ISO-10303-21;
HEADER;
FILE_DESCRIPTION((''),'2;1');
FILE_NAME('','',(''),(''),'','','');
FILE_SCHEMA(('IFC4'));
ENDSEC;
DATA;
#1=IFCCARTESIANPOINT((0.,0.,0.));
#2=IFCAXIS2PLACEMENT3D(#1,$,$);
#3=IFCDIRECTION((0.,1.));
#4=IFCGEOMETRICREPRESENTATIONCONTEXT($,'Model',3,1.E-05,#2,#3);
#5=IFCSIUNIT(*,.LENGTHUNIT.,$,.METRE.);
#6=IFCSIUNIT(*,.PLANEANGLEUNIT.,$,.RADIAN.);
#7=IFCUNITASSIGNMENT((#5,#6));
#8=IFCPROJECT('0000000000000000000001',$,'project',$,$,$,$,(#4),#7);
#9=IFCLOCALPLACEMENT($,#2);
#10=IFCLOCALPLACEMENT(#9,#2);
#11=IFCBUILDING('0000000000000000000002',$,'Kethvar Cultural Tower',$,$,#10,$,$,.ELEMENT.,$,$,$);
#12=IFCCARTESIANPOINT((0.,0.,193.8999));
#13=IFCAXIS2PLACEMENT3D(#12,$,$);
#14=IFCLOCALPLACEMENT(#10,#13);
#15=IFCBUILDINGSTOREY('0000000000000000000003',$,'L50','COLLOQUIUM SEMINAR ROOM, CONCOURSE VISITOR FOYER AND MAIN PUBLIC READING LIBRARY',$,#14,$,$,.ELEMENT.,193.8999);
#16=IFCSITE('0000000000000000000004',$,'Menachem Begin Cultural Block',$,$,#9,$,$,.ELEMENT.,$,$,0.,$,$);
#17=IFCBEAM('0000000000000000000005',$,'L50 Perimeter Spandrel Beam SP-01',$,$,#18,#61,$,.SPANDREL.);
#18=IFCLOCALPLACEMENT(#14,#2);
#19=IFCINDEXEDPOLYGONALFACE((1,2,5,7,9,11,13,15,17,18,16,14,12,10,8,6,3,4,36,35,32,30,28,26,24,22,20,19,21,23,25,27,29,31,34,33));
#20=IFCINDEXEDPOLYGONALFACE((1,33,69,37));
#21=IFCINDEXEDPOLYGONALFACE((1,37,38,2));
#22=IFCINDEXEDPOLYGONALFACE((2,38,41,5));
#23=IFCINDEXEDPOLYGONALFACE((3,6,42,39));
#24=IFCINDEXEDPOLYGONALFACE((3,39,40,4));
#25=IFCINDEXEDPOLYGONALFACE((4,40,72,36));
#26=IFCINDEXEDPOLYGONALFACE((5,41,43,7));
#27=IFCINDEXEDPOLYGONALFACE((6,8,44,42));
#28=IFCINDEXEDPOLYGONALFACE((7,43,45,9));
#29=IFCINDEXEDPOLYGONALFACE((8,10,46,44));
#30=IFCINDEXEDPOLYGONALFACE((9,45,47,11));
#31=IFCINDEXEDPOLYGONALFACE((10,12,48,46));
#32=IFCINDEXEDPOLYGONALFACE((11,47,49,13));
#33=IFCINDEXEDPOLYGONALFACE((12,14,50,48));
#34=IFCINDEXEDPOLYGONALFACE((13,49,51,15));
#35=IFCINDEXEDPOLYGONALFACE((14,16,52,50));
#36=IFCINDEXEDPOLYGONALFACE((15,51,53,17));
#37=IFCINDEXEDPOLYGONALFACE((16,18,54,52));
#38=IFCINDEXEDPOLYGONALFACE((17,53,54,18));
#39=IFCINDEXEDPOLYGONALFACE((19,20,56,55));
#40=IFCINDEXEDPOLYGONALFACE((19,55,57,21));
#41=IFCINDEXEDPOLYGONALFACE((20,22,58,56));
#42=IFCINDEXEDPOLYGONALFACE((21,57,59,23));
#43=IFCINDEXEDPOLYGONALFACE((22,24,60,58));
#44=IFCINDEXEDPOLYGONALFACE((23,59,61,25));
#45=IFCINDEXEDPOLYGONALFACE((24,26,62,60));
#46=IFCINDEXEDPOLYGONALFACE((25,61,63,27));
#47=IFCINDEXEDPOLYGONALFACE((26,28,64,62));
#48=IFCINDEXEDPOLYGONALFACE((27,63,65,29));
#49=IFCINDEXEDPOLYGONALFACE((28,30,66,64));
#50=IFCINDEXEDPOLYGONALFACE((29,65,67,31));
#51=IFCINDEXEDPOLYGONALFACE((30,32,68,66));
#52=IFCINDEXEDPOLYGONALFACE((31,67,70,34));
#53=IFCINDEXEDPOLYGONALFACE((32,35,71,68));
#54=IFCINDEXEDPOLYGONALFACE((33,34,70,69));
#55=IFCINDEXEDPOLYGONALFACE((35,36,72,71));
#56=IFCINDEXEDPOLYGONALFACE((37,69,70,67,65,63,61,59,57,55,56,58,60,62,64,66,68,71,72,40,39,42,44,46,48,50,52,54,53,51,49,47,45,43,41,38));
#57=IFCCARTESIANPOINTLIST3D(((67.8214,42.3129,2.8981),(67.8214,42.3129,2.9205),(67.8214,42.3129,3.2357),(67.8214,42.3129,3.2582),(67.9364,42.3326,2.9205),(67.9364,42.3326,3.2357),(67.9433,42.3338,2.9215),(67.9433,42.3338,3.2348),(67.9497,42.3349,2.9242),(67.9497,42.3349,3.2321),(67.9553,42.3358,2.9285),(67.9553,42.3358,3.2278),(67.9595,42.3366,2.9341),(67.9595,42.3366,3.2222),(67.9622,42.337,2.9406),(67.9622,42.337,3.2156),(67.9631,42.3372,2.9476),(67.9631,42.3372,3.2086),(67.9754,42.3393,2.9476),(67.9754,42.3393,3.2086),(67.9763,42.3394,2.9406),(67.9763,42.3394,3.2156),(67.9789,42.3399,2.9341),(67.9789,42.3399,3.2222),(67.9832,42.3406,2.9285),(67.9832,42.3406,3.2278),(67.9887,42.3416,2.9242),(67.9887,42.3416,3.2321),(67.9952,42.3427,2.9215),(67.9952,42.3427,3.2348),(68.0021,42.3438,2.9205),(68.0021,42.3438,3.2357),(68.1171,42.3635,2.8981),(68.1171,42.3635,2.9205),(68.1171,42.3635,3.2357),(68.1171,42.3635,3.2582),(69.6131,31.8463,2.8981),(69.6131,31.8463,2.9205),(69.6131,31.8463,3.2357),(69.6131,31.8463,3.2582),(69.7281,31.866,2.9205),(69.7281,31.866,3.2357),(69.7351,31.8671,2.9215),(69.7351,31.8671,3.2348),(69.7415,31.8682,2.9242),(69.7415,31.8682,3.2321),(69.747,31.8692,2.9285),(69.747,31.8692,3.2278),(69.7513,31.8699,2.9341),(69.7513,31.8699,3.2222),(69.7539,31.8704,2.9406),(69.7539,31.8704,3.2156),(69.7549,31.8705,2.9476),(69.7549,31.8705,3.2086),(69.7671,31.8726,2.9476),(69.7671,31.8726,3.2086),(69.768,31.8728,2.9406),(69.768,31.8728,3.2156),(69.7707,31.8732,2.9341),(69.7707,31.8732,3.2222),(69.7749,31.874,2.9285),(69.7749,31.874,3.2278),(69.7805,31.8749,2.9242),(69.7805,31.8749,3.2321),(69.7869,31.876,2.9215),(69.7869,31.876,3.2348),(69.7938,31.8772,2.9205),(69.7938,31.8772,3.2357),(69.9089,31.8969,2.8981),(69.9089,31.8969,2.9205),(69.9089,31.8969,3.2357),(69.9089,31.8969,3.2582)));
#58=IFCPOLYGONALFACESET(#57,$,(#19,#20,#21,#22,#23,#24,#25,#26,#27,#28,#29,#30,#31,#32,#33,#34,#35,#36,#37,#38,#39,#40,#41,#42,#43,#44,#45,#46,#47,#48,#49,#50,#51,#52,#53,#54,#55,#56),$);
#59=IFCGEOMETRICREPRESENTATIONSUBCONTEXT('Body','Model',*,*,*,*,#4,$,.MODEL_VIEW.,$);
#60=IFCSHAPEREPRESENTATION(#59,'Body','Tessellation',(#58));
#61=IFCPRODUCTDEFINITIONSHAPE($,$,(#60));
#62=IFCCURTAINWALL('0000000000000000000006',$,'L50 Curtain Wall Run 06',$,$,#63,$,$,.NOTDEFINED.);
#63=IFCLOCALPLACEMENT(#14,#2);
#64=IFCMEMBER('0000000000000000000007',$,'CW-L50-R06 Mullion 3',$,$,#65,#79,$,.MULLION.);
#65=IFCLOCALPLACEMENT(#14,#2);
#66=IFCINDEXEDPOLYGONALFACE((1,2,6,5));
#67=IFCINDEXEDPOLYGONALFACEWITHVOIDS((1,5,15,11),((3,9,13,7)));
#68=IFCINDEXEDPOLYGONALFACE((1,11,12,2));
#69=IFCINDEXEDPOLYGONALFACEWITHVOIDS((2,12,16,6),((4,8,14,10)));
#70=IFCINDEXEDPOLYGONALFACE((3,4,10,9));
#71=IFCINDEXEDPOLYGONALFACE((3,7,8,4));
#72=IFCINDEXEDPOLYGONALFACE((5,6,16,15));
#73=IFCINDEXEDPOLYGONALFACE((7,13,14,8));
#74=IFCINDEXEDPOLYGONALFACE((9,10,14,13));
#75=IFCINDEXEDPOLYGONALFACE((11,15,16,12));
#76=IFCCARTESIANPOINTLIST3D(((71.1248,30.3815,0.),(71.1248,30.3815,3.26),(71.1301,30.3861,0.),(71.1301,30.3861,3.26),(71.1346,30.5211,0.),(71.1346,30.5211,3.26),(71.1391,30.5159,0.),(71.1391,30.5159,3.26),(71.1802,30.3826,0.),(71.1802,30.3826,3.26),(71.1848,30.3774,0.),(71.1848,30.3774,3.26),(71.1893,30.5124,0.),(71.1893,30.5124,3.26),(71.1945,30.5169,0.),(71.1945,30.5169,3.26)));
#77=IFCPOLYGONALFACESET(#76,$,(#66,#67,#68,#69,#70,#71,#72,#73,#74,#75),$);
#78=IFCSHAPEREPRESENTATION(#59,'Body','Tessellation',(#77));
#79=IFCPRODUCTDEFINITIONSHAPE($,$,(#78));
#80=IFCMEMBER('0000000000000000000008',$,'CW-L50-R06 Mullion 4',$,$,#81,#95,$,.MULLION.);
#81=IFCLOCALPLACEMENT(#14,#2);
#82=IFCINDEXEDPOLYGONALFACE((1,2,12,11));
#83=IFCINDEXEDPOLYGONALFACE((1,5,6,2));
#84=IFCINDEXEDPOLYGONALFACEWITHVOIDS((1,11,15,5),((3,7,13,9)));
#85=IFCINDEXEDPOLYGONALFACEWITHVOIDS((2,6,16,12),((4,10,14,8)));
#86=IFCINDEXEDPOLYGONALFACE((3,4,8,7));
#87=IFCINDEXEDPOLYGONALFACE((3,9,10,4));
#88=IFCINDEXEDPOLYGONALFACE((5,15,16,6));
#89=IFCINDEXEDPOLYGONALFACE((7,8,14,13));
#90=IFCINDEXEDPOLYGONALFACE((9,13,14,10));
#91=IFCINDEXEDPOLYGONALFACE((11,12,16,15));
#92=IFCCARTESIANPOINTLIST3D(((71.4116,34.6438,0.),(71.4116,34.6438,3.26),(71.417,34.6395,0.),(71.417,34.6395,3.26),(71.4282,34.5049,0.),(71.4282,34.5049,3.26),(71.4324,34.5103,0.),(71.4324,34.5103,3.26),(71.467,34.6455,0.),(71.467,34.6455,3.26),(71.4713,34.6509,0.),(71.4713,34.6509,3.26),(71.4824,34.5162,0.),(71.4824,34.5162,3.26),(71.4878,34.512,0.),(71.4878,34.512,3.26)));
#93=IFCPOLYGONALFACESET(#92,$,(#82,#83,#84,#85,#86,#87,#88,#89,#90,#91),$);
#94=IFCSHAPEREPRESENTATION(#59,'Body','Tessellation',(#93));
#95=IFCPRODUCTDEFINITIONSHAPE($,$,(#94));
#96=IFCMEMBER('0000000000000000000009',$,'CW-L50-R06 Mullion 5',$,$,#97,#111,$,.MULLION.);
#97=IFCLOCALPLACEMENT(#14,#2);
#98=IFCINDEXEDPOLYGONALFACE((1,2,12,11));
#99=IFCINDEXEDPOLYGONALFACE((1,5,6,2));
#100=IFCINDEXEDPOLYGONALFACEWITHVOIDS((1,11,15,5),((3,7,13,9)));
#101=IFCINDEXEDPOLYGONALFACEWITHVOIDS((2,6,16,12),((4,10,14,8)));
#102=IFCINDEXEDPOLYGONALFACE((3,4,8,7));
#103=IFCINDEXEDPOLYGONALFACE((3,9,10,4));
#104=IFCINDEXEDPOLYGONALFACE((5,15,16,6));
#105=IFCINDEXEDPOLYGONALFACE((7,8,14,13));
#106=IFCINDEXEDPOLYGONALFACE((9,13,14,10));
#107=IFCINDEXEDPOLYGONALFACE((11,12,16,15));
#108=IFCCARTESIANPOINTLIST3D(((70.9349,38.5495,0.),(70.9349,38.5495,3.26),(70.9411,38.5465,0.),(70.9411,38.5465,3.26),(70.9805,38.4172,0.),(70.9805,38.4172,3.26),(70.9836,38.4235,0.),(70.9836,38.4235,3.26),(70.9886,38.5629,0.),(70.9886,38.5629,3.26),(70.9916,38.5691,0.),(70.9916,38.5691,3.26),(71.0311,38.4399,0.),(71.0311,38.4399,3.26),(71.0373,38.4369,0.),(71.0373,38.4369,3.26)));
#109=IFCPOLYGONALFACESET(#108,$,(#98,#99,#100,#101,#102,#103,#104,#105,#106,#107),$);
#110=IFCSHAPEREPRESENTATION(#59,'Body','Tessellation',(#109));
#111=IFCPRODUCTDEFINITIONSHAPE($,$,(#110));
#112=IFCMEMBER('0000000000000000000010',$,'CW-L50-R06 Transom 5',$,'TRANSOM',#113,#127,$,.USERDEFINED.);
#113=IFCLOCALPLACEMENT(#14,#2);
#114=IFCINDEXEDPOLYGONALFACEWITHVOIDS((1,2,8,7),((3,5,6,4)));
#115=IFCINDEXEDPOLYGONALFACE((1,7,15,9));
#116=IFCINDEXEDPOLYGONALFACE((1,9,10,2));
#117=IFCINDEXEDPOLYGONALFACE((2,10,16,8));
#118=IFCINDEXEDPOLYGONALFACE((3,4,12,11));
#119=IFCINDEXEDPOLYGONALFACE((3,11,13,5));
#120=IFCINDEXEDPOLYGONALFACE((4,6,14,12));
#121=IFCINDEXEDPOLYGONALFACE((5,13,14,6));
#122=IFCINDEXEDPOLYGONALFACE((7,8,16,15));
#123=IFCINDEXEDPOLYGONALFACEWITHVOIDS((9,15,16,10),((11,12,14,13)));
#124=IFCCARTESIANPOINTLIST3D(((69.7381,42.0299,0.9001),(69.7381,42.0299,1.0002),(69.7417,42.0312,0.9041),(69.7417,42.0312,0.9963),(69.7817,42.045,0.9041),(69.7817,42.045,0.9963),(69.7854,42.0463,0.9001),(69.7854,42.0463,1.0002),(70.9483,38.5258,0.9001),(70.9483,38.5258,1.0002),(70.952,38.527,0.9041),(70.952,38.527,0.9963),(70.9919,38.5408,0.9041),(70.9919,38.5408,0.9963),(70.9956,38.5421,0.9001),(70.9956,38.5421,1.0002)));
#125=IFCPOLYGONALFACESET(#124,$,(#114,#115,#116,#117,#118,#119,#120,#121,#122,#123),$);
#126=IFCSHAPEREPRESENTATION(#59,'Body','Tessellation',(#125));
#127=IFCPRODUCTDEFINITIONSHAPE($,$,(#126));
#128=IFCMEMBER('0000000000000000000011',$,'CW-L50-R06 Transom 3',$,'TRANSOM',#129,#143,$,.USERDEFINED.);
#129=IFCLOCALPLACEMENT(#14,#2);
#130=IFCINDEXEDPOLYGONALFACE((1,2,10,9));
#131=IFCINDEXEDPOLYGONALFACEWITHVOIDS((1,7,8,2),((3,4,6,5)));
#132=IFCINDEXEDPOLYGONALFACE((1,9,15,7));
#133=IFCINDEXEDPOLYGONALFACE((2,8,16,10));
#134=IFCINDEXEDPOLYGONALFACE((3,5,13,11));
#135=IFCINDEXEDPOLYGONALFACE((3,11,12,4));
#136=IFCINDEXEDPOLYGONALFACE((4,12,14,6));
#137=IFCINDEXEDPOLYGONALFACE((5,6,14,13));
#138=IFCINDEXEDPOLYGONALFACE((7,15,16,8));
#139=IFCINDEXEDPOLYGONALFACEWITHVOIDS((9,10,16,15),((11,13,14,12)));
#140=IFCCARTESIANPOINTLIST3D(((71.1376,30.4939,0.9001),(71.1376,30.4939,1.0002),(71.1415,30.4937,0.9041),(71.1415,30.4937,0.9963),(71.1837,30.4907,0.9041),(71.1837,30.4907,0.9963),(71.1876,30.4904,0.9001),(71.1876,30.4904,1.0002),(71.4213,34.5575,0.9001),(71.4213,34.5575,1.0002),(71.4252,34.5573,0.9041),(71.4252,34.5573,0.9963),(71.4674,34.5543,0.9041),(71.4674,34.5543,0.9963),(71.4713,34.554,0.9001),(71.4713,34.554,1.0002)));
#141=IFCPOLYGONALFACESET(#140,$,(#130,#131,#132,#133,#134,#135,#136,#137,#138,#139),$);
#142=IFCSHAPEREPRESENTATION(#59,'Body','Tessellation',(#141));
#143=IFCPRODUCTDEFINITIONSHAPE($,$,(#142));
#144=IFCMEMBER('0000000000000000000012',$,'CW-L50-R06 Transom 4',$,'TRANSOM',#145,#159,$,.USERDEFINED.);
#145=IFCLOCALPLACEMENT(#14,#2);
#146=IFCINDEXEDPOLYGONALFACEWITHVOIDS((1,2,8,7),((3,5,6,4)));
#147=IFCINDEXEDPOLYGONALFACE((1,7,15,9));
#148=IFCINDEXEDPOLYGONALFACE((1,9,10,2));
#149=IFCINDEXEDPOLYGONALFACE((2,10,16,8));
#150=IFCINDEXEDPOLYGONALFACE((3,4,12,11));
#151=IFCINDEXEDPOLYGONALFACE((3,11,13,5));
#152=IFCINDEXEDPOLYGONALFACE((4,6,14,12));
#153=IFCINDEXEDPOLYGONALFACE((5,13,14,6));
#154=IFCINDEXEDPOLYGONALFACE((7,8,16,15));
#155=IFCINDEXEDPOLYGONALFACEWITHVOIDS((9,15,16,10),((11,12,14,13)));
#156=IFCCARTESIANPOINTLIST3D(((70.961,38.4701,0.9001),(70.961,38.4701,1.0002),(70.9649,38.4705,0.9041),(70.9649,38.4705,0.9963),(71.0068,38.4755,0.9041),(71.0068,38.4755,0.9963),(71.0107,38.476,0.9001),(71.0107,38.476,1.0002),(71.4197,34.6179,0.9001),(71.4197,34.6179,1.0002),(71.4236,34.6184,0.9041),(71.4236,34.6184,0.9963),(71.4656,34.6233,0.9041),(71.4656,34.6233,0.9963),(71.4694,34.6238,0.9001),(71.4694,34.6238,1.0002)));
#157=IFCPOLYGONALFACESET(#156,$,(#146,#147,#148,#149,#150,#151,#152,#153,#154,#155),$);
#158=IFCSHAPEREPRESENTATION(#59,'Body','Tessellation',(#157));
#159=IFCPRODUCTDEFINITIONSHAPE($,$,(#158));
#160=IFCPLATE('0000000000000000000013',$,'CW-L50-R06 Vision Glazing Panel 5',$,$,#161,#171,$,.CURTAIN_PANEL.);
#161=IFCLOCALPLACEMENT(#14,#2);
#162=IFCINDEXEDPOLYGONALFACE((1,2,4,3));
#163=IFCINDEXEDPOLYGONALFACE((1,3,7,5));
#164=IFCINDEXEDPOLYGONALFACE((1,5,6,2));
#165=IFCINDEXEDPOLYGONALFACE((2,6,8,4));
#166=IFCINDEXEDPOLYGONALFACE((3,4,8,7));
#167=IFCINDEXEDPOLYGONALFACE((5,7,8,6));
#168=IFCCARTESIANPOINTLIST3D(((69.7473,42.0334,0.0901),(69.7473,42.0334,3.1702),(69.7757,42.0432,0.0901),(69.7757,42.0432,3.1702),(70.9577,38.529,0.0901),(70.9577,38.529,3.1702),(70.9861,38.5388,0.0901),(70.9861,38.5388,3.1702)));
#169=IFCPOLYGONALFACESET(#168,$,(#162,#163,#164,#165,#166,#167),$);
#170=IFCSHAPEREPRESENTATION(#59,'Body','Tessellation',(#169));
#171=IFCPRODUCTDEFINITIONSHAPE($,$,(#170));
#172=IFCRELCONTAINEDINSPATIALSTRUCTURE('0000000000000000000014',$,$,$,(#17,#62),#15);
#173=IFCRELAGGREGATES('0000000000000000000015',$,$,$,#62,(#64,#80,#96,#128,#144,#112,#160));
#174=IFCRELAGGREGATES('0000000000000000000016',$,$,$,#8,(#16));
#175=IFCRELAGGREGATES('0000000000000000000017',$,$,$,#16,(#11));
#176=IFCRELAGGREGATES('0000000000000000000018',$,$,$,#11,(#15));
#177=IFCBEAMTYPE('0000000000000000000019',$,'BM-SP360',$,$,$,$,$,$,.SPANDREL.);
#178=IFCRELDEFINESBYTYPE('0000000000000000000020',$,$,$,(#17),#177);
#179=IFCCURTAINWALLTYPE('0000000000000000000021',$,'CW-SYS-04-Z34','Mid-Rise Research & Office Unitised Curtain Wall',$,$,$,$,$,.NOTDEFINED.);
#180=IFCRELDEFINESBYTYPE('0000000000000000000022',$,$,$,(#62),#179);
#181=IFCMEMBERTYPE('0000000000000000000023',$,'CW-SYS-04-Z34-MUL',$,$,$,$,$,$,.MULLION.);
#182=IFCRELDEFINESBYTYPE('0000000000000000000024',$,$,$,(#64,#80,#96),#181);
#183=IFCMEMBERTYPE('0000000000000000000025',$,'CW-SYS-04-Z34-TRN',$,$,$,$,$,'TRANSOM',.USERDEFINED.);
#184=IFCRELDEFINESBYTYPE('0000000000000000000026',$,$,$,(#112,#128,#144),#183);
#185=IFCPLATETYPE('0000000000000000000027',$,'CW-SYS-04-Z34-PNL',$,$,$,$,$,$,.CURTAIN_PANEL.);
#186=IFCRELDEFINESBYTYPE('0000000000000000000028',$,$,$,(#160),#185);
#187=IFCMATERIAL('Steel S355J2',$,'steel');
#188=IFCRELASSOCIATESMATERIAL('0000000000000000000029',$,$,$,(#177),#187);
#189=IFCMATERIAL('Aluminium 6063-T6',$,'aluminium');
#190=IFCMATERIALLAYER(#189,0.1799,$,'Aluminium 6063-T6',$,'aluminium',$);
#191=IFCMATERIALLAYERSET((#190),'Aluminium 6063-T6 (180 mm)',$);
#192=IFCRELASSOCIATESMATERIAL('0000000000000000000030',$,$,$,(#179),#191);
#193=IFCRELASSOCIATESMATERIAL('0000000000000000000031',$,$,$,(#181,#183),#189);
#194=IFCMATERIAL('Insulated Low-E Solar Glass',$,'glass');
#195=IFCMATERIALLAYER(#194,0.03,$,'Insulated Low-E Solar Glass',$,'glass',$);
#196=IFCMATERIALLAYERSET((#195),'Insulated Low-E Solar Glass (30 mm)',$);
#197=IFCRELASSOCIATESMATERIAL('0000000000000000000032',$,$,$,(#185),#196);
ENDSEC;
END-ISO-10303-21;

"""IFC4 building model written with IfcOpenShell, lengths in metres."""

from ifc_helpers import new_model, si_unit, direction, frame, origin, origin_2d, place, context, subcontext, project, spatial, rectangle, hollow_rectangle, i_section, extrude, source, transform, mapped, material, layer, layer_set, material_profile, profile_set, type_object, element, aggregate, save


model = new_model("IFC4")

# Units and contexts
model_context = context("Model", 3, precision=1e-05, world=origin(), true_north=direction((0.0, 1.0)))
body_context = subcontext(model_context, "Body", "Model", "MODEL_VIEW")
ifc_project = project(units=[si_unit("LENGTHUNIT", "METRE"), si_unit("PLANEANGLEUNIT", "RADIAN")], contexts=[model_context])

# Site, building, storey
site_placement = place(None, origin())
site = spatial("IfcSite", under=ifc_project, at=site_placement, Name="Menachem Begin Cultural Block", CompositionType="ELEMENT", RefElevation=0.0)
building_placement = place(site_placement, origin())
building = spatial("IfcBuilding", under=site, at=building_placement, Name="Kethvar Cultural Tower", CompositionType="ELEMENT")
storey_placement = place(building_placement, frame((0.0, 0.0, 193.8999)))
storey = spatial("IfcBuildingStorey", under=building, at=storey_placement, Name="L50", Description="COLLOQUIUM SEMINAR ROOM, CONCOURSE VISITOR FOYER AND MAIN PUBLIC READING LIBRARY", CompositionType="ELEMENT", Elevation=193.8999)

# Beam
ifc_material_1 = material(Name="Steel S355J2", Category="steel")
ifc_material_profile_1 = material_profile(ifc_material_1, i_section(OverallWidth=0.3, OverallDepth=0.3601, WebThickness=0.0125, FlangeThickness=0.0225, FilletRadius=0.0271, at=origin_2d()), Name="Steel S355J2 — HEB360")
ifc_profile_set_1 = profile_set([ifc_material_profile_1], Name="Steel S355J2 — HEB360")
beam_type_1 = type_object("IfcBeamType", Name="BM-SP360", PredefinedType="SPANDREL", material=ifc_profile_set_1)
shared_shape_1 = source(origin(), body_context, "Body", "SweptSolid", [
    extrude(i_section(OverallWidth=0.3, OverallDepth=0.3601, WebThickness=0.0125, FlangeThickness=0.0225, FilletRadius=0.0271, at=origin_2d()), origin(), (0.0, 0.0, 1.0), 10.6189),
])
beam_1_placement = place(storey_placement, frame((69.761, 31.8716, 3.0781), z_axis=(-0.168733, 0.985662, 0.0), x_axis=(-0.985662, -0.168733, 0.0)))
element("IfcBeam", 1, at=beam_1_placement, inside=storey, type_object=beam_type_1, Name="L50 Perimeter Spandrel Beam SP-01", PredefinedType="SPANDREL", context=body_context, shape_type="MappedRepresentation", body=[
    mapped(shared_shape_1, transform((0.0, 0.0, 0.0), scale=1.0)),
])

# Curtain wall, members, plate
ifc_material_2 = material(Name="Aluminium 6063-T6", Category="aluminium")
ifc_layer_1 = layer(ifc_material_2, 0.1799, Name="Aluminium 6063-T6", Category="aluminium")
ifc_layer_set_1 = layer_set([ifc_layer_1], Name="Aluminium 6063-T6 (180 mm)")
curtain_wall_type = type_object("IfcCurtainWallType", Name="CW-SYS-04-Z34", Description="Mid-Rise Research & Office Unitised Curtain Wall", PredefinedType="NOTDEFINED", material=ifc_layer_set_1)
curtain_wall_placement = place(storey_placement, origin())
curtain_wall = element("IfcCurtainWall", 2, at=curtain_wall_placement, inside=storey, type_object=curtain_wall_type, Name="L50 Curtain Wall Run 06", PredefinedType="NOTDEFINED")
ifc_material_profile_2 = material_profile(ifc_material_2, hollow_rectangle(XDim=0.0601, YDim=0.1399, WallThickness=0.0049, at=origin_2d()), Name="Aluminium 6063-T6 — RHS140x60x5")
ifc_profile_set_2 = profile_set([ifc_material_profile_2], Name="Aluminium 6063-T6 — RHS140x60x5")
member_type_1 = type_object("IfcMemberType", Name="CW-SYS-04-Z34-MUL", PredefinedType="MULLION", material=ifc_profile_set_2)
shared_shape_2 = source(origin(), body_context, "Body", "SweptSolid", [
    extrude(hollow_rectangle(XDim=0.0601, YDim=0.1399, WallThickness=0.0049, at=origin_2d()), origin(), (0.0, 0.0, 1.0), 3.26),
])
member_1_placement = place(storey_placement, frame((71.1597, 30.4492, 0.0), z_axis=(0.0, 0.0, 1.0), x_axis=(-0.997571, 0.069652, 0.0)))
member_1 = element("IfcMember", 3, at=member_1_placement, type_object=member_type_1, Name="CW-L50-R06 Mullion 3", PredefinedType="MULLION", context=body_context, shape_type="MappedRepresentation", body=[
    mapped(shared_shape_2, transform((0.0, 0.0, 0.0), scale=1.0)),
])
member_2_placement = place(storey_placement, frame((71.4497, 34.5779, 0.0), z_axis=(0.0, 0.0, 1.0), x_axis=(-0.992982, -0.118265, 0.0)))
member_2 = element("IfcMember", 4, at=member_2_placement, type_object=member_type_1, Name="CW-L50-R06 Mullion 4", PredefinedType="MULLION", context=body_context, shape_type="MappedRepresentation", body=[
    mapped(shared_shape_2, transform((0.0, 0.0, 0.0), scale=1.0)),
])
member_3_placement = place(storey_placement, frame((70.9861, 38.4932, 0.0), z_axis=(0.0, 0.0, 1.0), x_axis=(-0.945211, -0.326459, 0.0)))
member_3 = element("IfcMember", 5, at=member_3_placement, type_object=member_type_1, Name="CW-L50-R06 Mullion 5", PredefinedType="MULLION", context=body_context, shape_type="MappedRepresentation", body=[
    mapped(shared_shape_2, transform((0.0, 0.0, 0.0), scale=1.0)),
])
ifc_material_profile_3 = material_profile(ifc_material_2, hollow_rectangle(XDim=0.05, YDim=0.1001, WallThickness=0.0039, at=origin_2d()), Name="Aluminium 6063-T6 — RHS100x50x4")
ifc_profile_set_3 = profile_set([ifc_material_profile_3], Name="Aluminium 6063-T6 — RHS100x50x4")
member_type_2 = type_object("IfcMemberType", Name="CW-SYS-04-Z34-TRN", ElementType="TRANSOM", PredefinedType="USERDEFINED", material=ifc_profile_set_3)
shared_shape_3 = source(origin(), body_context, "Body", "SweptSolid", [
    extrude(hollow_rectangle(XDim=0.05, YDim=0.1001, WallThickness=0.0039, at=origin_2d()), origin(), (0.0, 0.0, 1.0), 3.7073),
])
member_4_placement = place(storey_placement, frame((70.9719, 38.5339, 0.9502), z_axis=(-0.326443, 0.945217, 0.0), x_axis=(-0.945217, -0.326443, 0.0)))
member_4 = element("IfcMember", 6, at=member_4_placement, type_object=member_type_2, Name="CW-L50-R06 Transom 5", ObjectType="TRANSOM", PredefinedType="USERDEFINED", context=body_context, shape_type="MappedRepresentation", body=[
    mapped(shared_shape_3, transform((0.0, 0.0, 0.0), scale=1.0)),
])
shared_shape_4 = source(origin(), body_context, "Body", "SweptSolid", [
    extrude(hollow_rectangle(XDim=0.05, YDim=0.1001, WallThickness=0.0039, at=origin_2d()), origin(), (0.0, 0.0, 1.0), 4.0735),
])
member_5_placement = place(storey_placement, frame((71.1626, 30.4922, 0.9502), z_axis=(0.069645, 0.997572, 0.0), x_axis=(-0.997572, 0.069645, 0.0)))
member_5 = element("IfcMember", 7, at=member_5_placement, type_object=member_type_2, Name="CW-L50-R06 Transom 3", ObjectType="TRANSOM", PredefinedType="USERDEFINED", context=body_context, shape_type="MappedRepresentation", body=[
    mapped(shared_shape_4, transform((0.0, 0.0, 0.0), scale=1.0)),
])
shared_shape_5 = source(origin(), body_context, "Body", "SweptSolid", [
    extrude(hollow_rectangle(XDim=0.05, YDim=0.1001, WallThickness=0.0039, at=origin_2d()), origin(), (0.0, 0.0, 1.0), 3.8794),
])
member_6_placement = place(storey_placement, frame((71.4446, 34.6208, 0.9502), z_axis=(-0.118247, 0.992984, 0.0), x_axis=(-0.992984, -0.118247, 0.0)))
member_6 = element("IfcMember", 8, at=member_6_placement, type_object=member_type_2, Name="CW-L50-R06 Transom 4", ObjectType="TRANSOM", PredefinedType="USERDEFINED", context=body_context, shape_type="MappedRepresentation", body=[
    mapped(shared_shape_5, transform((0.0, 0.0, 0.0), scale=1.0)),
])
ifc_material_3 = material(Name="Insulated Low-E Solar Glass", Category="glass")
ifc_layer_2 = layer(ifc_material_3, 0.03, Name="Insulated Low-E Solar Glass", Category="glass")
ifc_layer_set_2 = layer_set([ifc_layer_2], Name="Insulated Low-E Solar Glass (30 mm)")
plate_type = type_object("IfcPlateType", Name="CW-SYS-04-Z34-PNL", PredefinedType="CURTAIN_PANEL", material=ifc_layer_set_2)
shared_shape_6 = source(origin(), body_context, "Body", "SweptSolid", [
    extrude(rectangle(XDim=3.7075, YDim=0.03, at=origin_2d()), origin(), (0.0, 0.0, 1.0), 3.0801),
])
plate_1_placement = place(storey_placement, frame((70.3667, 40.2861, 0.0901), z_axis=(0.0, 0.0, 1.0), x_axis=(-0.326459, 0.945211, 0.0)))
plate_1 = element("IfcPlate", 9, at=plate_1_placement, type_object=plate_type, Name="CW-L50-R06 Vision Glazing Panel 5", PredefinedType="CURTAIN_PANEL", context=body_context, shape_type="MappedRepresentation", body=[
    mapped(shared_shape_6, transform((0.0, 0.0, 0.0), scale=1.0)),
])
aggregate(curtain_wall, [member_1, member_2, member_3, member_5, member_6, member_4, plate_1])

save(model, "model.ifc")
